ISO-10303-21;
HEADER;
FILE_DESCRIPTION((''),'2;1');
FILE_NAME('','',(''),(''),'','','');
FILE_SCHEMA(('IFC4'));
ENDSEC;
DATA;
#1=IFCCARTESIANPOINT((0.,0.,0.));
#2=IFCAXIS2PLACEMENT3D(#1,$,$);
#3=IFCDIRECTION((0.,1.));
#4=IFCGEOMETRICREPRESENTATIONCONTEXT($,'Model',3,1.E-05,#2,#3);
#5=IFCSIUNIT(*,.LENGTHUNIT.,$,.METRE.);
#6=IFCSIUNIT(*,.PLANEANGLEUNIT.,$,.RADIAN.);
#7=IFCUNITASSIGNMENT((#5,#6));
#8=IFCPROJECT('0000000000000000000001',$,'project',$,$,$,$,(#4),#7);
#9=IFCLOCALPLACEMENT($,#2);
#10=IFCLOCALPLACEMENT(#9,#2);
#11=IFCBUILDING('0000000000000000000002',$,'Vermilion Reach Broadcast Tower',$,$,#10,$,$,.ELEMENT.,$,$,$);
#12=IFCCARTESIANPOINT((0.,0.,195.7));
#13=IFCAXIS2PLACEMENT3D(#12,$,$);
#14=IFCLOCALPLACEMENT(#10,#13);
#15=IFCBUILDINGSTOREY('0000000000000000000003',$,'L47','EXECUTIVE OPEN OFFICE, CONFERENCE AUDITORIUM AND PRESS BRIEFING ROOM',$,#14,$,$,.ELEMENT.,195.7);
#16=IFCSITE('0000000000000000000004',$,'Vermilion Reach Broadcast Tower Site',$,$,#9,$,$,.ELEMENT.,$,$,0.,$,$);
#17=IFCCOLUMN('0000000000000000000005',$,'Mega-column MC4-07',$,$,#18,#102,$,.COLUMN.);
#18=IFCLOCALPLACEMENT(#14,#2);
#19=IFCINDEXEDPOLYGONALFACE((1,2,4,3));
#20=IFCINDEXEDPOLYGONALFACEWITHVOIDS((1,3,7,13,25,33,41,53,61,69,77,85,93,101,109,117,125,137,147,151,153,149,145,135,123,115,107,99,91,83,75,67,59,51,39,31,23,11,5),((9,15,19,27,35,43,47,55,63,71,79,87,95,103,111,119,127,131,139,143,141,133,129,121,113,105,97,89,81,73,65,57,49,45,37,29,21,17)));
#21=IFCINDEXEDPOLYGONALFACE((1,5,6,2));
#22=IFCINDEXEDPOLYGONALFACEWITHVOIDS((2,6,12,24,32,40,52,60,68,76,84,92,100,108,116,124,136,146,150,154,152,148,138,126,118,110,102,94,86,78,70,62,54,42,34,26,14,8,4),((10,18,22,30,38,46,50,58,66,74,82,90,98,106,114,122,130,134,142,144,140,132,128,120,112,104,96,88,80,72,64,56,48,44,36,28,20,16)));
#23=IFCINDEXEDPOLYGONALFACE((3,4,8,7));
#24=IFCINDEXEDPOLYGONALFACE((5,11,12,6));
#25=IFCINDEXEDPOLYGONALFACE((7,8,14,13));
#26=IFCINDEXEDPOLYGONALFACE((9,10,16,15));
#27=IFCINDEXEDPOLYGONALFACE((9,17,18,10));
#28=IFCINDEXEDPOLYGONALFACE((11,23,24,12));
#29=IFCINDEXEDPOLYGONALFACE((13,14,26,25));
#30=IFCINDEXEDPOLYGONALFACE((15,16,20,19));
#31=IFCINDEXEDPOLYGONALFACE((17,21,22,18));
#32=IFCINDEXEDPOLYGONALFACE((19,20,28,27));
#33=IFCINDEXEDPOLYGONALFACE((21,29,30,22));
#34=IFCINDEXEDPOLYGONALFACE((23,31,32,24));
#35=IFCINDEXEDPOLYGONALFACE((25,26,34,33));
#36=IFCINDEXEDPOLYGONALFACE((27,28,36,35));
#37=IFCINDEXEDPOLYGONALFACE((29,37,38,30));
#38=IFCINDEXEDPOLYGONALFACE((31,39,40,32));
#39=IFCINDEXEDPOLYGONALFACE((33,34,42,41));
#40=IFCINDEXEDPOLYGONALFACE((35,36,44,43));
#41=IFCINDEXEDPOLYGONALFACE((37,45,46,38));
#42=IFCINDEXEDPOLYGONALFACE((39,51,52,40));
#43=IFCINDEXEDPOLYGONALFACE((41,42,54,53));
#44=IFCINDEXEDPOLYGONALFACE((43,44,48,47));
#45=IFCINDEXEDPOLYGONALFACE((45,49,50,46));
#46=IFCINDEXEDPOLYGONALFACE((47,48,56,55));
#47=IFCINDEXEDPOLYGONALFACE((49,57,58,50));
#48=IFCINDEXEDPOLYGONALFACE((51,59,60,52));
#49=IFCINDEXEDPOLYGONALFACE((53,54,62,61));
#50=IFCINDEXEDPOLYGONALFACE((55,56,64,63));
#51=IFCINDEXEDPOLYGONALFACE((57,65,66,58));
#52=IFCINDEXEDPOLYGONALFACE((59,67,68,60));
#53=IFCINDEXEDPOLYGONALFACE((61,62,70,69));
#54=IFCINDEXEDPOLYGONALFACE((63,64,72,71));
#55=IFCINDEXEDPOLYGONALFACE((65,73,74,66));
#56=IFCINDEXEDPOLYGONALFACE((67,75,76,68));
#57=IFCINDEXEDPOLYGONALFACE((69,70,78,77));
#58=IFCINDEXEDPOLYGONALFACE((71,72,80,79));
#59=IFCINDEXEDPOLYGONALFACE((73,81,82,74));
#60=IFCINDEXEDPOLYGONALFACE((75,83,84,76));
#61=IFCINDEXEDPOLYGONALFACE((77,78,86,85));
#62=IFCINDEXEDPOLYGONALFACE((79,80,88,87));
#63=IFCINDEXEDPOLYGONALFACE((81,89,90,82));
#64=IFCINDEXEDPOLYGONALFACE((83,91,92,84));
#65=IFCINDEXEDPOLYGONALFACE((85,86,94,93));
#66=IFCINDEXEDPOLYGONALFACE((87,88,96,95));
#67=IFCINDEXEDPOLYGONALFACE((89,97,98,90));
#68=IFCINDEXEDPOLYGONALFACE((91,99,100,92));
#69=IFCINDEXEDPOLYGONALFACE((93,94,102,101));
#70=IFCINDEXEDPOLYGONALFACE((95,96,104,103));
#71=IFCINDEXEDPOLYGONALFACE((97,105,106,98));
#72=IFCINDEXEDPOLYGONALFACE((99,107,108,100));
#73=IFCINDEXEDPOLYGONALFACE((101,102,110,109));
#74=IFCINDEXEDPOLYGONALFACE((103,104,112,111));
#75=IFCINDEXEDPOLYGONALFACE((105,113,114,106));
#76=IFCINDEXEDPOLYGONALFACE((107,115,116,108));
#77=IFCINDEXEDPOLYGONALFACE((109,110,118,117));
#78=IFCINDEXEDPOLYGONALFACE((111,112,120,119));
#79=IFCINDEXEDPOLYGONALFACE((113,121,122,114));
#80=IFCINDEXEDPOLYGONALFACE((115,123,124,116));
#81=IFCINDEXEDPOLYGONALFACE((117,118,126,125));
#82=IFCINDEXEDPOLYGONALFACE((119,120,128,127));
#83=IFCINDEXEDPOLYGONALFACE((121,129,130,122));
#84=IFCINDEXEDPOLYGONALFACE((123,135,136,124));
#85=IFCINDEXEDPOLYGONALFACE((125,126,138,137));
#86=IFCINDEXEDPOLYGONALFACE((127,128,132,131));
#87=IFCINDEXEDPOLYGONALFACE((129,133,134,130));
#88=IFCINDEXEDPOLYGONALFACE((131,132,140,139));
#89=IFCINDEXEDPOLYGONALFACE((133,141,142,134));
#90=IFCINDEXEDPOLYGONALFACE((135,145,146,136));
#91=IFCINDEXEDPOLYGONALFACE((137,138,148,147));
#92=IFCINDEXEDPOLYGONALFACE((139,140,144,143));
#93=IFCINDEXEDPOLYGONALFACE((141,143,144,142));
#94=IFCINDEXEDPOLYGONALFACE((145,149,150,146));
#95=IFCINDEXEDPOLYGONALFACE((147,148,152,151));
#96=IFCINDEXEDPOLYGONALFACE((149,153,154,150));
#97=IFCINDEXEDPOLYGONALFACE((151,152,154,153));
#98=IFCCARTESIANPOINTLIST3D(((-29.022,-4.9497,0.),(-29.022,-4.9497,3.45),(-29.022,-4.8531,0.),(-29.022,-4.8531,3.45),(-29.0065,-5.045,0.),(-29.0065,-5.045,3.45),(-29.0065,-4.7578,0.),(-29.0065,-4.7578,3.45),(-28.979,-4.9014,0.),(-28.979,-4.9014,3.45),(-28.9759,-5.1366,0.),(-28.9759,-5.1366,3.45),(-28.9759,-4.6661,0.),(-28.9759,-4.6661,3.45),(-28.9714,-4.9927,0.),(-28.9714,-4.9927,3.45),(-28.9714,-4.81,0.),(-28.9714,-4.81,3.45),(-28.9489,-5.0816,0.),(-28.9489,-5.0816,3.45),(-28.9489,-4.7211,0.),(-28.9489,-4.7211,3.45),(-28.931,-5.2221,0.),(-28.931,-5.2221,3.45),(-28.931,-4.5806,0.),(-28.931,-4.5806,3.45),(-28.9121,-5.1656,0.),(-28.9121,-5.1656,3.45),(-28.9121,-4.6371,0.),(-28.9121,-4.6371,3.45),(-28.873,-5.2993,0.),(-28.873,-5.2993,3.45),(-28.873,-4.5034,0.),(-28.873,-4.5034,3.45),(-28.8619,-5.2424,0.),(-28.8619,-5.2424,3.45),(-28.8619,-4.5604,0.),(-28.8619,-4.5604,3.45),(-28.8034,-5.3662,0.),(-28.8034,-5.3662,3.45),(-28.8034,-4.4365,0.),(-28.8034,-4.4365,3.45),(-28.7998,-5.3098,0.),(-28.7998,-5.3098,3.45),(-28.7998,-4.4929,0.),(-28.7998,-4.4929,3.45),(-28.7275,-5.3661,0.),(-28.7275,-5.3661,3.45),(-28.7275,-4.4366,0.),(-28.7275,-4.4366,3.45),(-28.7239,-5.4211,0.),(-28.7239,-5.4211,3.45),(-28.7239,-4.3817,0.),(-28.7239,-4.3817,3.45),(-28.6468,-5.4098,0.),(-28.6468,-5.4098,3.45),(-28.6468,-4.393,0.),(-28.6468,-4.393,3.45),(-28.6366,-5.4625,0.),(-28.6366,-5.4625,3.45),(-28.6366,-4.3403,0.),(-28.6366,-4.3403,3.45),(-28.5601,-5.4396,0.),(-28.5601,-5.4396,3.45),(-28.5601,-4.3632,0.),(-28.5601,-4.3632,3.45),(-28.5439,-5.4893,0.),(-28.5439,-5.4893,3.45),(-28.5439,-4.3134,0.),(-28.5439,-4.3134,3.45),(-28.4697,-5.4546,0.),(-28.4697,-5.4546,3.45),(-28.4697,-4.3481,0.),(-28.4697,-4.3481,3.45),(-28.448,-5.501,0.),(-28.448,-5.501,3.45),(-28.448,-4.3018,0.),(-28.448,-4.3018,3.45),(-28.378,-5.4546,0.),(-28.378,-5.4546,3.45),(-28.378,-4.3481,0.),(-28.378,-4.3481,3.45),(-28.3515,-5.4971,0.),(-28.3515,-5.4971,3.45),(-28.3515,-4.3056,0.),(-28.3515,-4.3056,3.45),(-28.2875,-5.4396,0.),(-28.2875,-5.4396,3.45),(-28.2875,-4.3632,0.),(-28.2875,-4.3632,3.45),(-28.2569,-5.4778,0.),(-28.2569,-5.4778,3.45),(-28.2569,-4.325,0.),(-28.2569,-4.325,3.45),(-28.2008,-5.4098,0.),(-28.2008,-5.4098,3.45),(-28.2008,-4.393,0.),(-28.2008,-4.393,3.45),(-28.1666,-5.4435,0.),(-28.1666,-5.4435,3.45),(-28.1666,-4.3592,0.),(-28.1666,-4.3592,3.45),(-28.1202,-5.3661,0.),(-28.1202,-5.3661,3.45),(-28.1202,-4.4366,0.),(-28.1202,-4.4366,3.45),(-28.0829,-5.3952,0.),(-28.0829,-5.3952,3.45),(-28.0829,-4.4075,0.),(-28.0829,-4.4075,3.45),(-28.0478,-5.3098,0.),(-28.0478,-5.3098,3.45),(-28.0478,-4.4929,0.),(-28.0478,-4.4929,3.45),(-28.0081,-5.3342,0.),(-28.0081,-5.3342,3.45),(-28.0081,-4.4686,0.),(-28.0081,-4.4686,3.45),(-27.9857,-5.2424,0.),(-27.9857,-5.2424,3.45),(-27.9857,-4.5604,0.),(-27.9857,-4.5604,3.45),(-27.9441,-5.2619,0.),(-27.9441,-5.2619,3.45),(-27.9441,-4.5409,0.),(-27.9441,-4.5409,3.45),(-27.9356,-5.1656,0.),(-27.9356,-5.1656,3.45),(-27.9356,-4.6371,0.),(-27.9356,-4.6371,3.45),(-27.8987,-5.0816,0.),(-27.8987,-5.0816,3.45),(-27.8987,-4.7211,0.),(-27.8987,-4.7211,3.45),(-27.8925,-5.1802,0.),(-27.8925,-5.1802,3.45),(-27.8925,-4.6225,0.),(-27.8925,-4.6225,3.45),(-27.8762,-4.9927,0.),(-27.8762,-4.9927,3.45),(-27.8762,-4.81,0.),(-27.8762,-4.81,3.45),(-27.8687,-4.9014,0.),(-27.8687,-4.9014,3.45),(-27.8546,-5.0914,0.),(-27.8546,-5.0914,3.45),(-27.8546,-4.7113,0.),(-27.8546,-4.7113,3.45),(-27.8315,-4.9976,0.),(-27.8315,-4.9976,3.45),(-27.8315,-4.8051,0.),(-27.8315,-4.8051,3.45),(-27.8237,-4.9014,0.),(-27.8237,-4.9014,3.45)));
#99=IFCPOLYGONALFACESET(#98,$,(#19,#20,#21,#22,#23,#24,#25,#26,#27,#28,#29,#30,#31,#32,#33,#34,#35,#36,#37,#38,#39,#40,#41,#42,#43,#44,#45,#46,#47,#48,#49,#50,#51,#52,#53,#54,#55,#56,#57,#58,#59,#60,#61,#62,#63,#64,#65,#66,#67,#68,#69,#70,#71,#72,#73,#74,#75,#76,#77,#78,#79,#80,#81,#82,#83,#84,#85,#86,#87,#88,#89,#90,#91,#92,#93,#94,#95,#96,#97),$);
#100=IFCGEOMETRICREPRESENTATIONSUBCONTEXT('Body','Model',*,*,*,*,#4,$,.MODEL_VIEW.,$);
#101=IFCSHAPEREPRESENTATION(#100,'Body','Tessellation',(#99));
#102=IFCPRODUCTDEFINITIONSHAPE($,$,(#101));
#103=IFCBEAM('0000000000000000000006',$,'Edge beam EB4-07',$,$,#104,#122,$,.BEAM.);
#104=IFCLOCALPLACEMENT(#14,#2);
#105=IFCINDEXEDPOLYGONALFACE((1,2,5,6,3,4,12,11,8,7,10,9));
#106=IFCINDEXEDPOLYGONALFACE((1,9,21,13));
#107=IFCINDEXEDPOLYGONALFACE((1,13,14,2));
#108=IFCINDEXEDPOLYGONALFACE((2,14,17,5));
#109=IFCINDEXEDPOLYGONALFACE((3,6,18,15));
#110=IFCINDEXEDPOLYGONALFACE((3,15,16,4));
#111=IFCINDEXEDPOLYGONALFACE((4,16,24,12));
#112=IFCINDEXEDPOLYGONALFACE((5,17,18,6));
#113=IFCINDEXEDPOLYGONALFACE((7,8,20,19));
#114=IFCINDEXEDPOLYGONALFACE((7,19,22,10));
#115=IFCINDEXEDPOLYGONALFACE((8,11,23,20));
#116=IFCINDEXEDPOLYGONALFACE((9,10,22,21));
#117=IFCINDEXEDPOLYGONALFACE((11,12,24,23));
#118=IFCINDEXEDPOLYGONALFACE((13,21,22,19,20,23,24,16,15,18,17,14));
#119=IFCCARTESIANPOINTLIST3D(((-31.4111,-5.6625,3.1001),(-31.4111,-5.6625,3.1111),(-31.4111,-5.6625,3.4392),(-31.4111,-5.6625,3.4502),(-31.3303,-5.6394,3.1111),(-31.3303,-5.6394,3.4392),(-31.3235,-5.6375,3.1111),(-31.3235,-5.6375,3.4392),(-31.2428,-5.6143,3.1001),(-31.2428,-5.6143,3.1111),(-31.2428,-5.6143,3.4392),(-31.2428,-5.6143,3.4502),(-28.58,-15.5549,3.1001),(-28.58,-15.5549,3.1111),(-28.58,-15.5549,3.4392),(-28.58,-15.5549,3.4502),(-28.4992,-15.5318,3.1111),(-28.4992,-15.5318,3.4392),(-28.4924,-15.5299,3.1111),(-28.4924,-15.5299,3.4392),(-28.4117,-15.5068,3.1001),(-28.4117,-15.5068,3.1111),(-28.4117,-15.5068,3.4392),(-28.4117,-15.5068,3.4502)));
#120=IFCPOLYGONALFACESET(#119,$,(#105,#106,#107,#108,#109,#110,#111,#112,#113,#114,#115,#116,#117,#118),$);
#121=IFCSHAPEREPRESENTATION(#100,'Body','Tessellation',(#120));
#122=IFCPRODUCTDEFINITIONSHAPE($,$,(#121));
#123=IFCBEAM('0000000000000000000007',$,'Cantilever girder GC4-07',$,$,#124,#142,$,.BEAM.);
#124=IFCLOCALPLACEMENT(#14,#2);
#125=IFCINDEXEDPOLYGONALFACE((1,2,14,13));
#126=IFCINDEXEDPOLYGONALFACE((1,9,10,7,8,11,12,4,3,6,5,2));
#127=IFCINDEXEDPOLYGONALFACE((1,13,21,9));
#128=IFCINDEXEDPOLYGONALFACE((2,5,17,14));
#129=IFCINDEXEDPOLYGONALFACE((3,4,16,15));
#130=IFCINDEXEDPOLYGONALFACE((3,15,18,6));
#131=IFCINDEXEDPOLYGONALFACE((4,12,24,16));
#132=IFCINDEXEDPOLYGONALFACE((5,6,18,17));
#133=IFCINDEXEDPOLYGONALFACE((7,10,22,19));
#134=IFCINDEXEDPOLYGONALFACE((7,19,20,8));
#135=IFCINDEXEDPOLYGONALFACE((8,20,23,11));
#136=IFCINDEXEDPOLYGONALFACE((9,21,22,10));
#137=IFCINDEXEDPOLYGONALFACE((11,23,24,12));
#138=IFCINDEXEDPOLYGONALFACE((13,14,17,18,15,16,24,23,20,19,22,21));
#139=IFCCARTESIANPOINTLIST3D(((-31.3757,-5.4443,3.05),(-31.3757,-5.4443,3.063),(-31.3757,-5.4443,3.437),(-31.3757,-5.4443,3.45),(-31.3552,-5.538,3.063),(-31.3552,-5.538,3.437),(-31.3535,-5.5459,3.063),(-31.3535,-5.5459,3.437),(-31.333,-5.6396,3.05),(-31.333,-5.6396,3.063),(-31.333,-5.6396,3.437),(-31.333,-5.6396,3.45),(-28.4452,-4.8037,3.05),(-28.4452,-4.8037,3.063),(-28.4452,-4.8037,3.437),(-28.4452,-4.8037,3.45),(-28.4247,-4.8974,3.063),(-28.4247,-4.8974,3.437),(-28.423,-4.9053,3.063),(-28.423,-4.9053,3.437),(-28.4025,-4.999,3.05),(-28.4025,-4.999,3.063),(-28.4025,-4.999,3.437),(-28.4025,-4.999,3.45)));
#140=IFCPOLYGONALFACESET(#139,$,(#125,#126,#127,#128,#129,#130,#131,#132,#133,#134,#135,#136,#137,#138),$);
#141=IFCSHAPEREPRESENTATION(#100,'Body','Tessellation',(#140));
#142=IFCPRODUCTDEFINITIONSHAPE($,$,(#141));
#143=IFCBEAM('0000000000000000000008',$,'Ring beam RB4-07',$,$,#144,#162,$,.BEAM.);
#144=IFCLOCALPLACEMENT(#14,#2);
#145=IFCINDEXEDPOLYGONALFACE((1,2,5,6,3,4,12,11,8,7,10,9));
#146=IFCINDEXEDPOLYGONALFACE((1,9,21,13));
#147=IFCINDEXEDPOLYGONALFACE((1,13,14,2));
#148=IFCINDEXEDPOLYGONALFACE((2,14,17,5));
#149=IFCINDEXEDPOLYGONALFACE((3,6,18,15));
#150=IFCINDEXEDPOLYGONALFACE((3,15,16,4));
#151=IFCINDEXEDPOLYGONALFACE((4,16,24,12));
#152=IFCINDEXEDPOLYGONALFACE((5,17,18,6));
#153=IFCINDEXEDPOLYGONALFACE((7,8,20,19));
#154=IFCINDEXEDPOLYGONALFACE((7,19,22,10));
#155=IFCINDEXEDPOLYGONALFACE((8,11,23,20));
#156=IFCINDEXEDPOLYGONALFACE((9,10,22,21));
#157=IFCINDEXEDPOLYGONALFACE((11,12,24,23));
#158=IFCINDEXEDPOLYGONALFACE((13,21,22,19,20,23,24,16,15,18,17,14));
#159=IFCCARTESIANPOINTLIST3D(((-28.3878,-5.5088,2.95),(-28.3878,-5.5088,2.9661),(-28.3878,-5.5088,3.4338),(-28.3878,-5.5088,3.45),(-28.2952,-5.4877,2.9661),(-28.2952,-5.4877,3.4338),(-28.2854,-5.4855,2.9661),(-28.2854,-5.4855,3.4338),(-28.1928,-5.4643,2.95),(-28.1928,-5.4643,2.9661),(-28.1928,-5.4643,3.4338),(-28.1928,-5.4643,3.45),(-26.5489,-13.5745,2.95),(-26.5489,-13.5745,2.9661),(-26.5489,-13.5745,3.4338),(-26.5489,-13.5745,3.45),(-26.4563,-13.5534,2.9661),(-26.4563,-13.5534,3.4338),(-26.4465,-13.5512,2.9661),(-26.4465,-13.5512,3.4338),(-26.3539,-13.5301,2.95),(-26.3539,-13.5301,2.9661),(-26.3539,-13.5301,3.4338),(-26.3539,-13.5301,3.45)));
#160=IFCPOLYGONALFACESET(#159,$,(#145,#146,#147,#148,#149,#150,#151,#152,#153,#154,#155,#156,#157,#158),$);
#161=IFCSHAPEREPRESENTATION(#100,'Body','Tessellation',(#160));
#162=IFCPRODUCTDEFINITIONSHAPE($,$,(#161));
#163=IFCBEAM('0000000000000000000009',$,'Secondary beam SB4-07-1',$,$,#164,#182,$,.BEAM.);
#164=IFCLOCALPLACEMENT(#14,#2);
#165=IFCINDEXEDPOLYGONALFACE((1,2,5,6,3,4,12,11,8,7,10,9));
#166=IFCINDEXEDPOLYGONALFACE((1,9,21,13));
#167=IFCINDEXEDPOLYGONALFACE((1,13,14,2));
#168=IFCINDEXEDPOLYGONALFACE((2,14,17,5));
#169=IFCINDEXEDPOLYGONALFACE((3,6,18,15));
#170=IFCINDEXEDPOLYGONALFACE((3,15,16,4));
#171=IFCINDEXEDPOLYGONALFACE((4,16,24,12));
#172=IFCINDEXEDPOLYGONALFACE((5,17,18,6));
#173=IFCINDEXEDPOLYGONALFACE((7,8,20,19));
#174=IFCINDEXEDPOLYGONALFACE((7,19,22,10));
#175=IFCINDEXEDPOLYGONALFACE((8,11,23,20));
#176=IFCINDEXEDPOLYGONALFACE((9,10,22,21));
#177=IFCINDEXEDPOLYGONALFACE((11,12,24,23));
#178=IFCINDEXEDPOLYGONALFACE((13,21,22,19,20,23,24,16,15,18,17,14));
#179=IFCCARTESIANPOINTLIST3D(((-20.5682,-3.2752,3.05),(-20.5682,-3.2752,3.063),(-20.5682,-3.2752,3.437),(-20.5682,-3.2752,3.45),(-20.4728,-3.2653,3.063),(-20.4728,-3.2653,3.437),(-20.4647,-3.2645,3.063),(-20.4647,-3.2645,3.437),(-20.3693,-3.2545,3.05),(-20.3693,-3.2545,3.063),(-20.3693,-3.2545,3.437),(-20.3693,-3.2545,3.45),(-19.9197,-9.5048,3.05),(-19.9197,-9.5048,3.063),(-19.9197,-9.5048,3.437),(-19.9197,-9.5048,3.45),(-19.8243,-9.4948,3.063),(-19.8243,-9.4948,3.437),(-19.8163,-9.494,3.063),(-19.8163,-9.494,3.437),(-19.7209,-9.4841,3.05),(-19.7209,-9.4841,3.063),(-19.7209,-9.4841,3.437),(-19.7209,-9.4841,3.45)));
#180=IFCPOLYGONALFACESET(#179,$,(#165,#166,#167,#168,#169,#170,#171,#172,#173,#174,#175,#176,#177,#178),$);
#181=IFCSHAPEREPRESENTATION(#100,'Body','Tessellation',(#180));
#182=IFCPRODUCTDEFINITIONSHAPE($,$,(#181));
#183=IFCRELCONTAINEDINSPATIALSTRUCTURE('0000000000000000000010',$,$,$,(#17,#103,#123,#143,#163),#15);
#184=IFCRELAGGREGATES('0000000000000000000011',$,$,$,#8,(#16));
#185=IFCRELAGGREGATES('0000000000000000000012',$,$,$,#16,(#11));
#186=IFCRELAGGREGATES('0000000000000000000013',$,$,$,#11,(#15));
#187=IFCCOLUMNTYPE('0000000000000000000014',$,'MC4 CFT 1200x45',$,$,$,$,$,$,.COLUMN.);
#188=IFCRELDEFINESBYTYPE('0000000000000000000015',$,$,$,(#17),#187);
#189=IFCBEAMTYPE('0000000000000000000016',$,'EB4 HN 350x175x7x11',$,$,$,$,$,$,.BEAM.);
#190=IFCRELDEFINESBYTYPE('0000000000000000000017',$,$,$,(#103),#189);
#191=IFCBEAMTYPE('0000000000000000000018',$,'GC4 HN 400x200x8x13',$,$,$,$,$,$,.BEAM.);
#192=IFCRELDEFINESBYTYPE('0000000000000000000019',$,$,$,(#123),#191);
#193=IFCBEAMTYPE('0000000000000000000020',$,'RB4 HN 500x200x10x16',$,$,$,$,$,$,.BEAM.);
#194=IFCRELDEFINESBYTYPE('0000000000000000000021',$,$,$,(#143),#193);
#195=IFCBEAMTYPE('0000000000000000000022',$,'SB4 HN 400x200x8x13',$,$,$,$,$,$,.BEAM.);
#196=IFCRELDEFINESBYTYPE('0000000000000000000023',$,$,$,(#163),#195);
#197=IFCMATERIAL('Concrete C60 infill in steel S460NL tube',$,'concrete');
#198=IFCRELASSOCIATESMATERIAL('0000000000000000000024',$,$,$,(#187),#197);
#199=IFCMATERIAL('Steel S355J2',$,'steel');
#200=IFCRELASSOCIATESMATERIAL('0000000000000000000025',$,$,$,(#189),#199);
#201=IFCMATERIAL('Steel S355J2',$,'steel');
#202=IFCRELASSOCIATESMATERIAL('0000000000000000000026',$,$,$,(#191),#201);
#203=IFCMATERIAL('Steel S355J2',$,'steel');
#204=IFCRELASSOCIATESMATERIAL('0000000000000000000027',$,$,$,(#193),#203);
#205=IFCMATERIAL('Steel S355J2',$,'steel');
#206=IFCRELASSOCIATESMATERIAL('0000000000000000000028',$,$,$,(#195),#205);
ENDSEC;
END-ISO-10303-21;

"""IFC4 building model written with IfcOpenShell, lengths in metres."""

from ifc_helpers import new_model, si_unit, direction, frame, origin, origin_2d, place, context, subcontext, project, spatial, hollow_circle, i_section, extrude, material, material_profile, profile_set, type_object, element, save


model = new_model("IFC4")

# Units and contexts
model_context = context("Model", 3, precision=1e-05, world=origin(), true_north=direction((0.0, 1.0)))
body_context = subcontext(model_context, "Body", "Model", "MODEL_VIEW")
ifc_project = project(units=[si_unit("LENGTHUNIT", "METRE"), si_unit("PLANEANGLEUNIT", "RADIAN")], contexts=[model_context])

# Site, building, storey
site_placement = place(None, origin())
site = spatial("IfcSite", under=ifc_project, at=site_placement, Name="Vermilion Reach Broadcast Tower Site", CompositionType="ELEMENT", RefElevation=0.0)
building_placement = place(site_placement, origin())
building = spatial("IfcBuilding", under=site, at=building_placement, Name="Vermilion Reach Broadcast Tower", CompositionType="ELEMENT")
storey_placement = place(building_placement, frame((0.0, 0.0, 195.7)))
storey = spatial("IfcBuildingStorey", under=building, at=storey_placement, Name="L47", Description="EXECUTIVE OPEN OFFICE, CONFERENCE AUDITORIUM AND PRESS BRIEFING ROOM", CompositionType="ELEMENT", Elevation=195.7)

# Column
ifc_material_1 = material(Name="Concrete C60 infill in steel S460NL tube", Category="concrete")
ifc_material_profile_1 = material_profile(ifc_material_1, hollow_circle(Radius=0.6001, WallThickness=0.0449, at=origin_2d()), Name="Concrete C60 infill in steel S460NL tube CFT 1200x45")
ifc_profile_set_1 = profile_set([ifc_material_profile_1], Name="Concrete C60 infill in steel S460NL tube")
column_type = type_object("IfcColumnType", Name="MC4 CFT 1200x45", PredefinedType="COLUMN", material=ifc_profile_set_1)
column_placement = place(storey_placement, frame((-28.4238, -4.9014, 0.0), z_axis=(0.0, 0.0, 1.0), x_axis=(1.0, 0.0, 0.0)))
element("IfcColumn", 1, at=column_placement, inside=storey, type_object=column_type, Name="Mega-column MC4-07", PredefinedType="COLUMN", context=body_context, shape_type="SweptSolid", body=[
    extrude(hollow_circle(Radius=0.6001, WallThickness=0.0449, at=origin_2d()), origin(), (0.0, 0.0, 1.0), 3.45),
])

# Beams
ifc_material_2 = material(Name="Steel S355J2", Category="steel")
ifc_material_profile_2 = material_profile(ifc_material_2, i_section(OverallWidth=0.175, OverallDepth=0.3501, WebThickness=0.0071, FlangeThickness=0.011, at=origin_2d()), Name="S355J2 HN 350x175x7x11")
ifc_profile_set_2 = profile_set([ifc_material_profile_2], Name="Steel S355J2")
beam_type_1 = type_object("IfcBeamType", Name="EB4 HN 350x175x7x11", PredefinedType="BEAM", material=ifc_profile_set_2)
beam_1_placement = place(storey_placement, frame((-31.3269, -5.6384, 3.2751), z_axis=(0.275141, -0.961404, 0.0), x_axis=(0.961404, 0.275141, 0.0)))
element("IfcBeam", 2, at=beam_1_placement, inside=storey, type_object=beam_type_1, Name="Edge beam EB4-07", PredefinedType="BEAM", context=body_context, shape_type="SweptSolid", body=[
    extrude(i_section(OverallWidth=0.175, OverallDepth=0.3501, WebThickness=0.0071, FlangeThickness=0.011, at=origin_2d()), origin(), (0.0, 0.0, 1.0), 10.2896),
])
ifc_material_3 = material(Name="Steel S355J2", Category="steel")
ifc_material_profile_3 = material_profile(ifc_material_3, i_section(OverallWidth=0.2, OverallDepth=0.3999, WebThickness=0.0081, FlangeThickness=0.0129, at=origin_2d()), Name="S355J2 HN 400x200x8x13")
ifc_profile_set_3 = profile_set([ifc_material_profile_3], Name="Steel S355J2")
beam_type_2 = type_object("IfcBeamType", Name="GC4 HN 400x200x8x13", PredefinedType="BEAM", material=ifc_profile_set_3)
beam_2_placement = place(storey_placement, frame((-28.4238, -4.9014, 3.25), z_axis=(-0.976932, -0.213551, 0.0), x_axis=(0.213551, -0.976932, 0.0)))
element("IfcBeam", 3, at=beam_2_placement, inside=storey, type_object=beam_type_2, Name="Cantilever girder GC4-07", PredefinedType="BEAM", context=body_context, shape_type="SweptSolid", body=[
    extrude(i_section(OverallWidth=0.2, OverallDepth=0.3999, WebThickness=0.0081, FlangeThickness=0.0129, at=origin_2d()), origin(), (0.0, 0.0, 1.0), 2.9998),
])
ifc_material_4 = material(Name="Steel S355J2", Category="steel")
ifc_material_profile_4 = material_profile(ifc_material_4, i_section(OverallWidth=0.2, OverallDepth=0.5, WebThickness=0.01, FlangeThickness=0.0161, at=origin_2d()), Name="S355J2 HN 500x200x10x16")
ifc_profile_set_4 = profile_set([ifc_material_profile_4], Name="Steel S355J2")
beam_type_3 = type_object("IfcBeamType", Name="RB4 HN 500x200x10x16", PredefinedType="BEAM", material=ifc_profile_set_4)
beam_3_placement = place(storey_placement, frame((-28.2903, -5.4866, 3.2), z_axis=(0.222283, -0.974982, 0.0), x_axis=(0.974982, 0.222283, 0.0)))
element("IfcBeam", 4, at=beam_3_placement, inside=storey, type_object=beam_type_3, Name="Ring beam RB4-07", PredefinedType="BEAM", context=body_context, shape_type="SweptSolid", body=[
    extrude(i_section(OverallWidth=0.2, OverallDepth=0.5, WebThickness=0.01, FlangeThickness=0.0161, at=origin_2d()), origin(), (0.0, 0.0, 1.0), 8.2727),
])
ifc_material_5 = material(Name="Steel S355J2", Category="steel")
ifc_material_profile_5 = material_profile(ifc_material_5, i_section(OverallWidth=0.2, OverallDepth=0.3999, WebThickness=0.0081, FlangeThickness=0.0129, at=origin_2d()), Name="S355J2 HN 400x200x8x13")
ifc_profile_set_5 = profile_set([ifc_material_profile_5], Name="Steel S355J2")
beam_type_4 = type_object("IfcBeamType", Name="SB4 HN 400x200x8x13", PredefinedType="BEAM", material=ifc_profile_set_5)
beam_4_placement = place(storey_placement, frame((-20.4688, -3.2649, 3.25), z_axis=(0.103532, -0.994626, 0.0), x_axis=(0.994626, 0.103532, 0.0)))
element("IfcBeam", 5, at=beam_4_placement, inside=storey, type_object=beam_type_4, Name="Secondary beam SB4-07-1", PredefinedType="BEAM", context=body_context, shape_type="SweptSolid", body=[
    extrude(i_section(OverallWidth=0.2, OverallDepth=0.3999, WebThickness=0.0081, FlangeThickness=0.0129, at=origin_2d()), origin(), (0.0, 0.0, 1.0), 6.2632),
])

save(model, "model.ifc")
